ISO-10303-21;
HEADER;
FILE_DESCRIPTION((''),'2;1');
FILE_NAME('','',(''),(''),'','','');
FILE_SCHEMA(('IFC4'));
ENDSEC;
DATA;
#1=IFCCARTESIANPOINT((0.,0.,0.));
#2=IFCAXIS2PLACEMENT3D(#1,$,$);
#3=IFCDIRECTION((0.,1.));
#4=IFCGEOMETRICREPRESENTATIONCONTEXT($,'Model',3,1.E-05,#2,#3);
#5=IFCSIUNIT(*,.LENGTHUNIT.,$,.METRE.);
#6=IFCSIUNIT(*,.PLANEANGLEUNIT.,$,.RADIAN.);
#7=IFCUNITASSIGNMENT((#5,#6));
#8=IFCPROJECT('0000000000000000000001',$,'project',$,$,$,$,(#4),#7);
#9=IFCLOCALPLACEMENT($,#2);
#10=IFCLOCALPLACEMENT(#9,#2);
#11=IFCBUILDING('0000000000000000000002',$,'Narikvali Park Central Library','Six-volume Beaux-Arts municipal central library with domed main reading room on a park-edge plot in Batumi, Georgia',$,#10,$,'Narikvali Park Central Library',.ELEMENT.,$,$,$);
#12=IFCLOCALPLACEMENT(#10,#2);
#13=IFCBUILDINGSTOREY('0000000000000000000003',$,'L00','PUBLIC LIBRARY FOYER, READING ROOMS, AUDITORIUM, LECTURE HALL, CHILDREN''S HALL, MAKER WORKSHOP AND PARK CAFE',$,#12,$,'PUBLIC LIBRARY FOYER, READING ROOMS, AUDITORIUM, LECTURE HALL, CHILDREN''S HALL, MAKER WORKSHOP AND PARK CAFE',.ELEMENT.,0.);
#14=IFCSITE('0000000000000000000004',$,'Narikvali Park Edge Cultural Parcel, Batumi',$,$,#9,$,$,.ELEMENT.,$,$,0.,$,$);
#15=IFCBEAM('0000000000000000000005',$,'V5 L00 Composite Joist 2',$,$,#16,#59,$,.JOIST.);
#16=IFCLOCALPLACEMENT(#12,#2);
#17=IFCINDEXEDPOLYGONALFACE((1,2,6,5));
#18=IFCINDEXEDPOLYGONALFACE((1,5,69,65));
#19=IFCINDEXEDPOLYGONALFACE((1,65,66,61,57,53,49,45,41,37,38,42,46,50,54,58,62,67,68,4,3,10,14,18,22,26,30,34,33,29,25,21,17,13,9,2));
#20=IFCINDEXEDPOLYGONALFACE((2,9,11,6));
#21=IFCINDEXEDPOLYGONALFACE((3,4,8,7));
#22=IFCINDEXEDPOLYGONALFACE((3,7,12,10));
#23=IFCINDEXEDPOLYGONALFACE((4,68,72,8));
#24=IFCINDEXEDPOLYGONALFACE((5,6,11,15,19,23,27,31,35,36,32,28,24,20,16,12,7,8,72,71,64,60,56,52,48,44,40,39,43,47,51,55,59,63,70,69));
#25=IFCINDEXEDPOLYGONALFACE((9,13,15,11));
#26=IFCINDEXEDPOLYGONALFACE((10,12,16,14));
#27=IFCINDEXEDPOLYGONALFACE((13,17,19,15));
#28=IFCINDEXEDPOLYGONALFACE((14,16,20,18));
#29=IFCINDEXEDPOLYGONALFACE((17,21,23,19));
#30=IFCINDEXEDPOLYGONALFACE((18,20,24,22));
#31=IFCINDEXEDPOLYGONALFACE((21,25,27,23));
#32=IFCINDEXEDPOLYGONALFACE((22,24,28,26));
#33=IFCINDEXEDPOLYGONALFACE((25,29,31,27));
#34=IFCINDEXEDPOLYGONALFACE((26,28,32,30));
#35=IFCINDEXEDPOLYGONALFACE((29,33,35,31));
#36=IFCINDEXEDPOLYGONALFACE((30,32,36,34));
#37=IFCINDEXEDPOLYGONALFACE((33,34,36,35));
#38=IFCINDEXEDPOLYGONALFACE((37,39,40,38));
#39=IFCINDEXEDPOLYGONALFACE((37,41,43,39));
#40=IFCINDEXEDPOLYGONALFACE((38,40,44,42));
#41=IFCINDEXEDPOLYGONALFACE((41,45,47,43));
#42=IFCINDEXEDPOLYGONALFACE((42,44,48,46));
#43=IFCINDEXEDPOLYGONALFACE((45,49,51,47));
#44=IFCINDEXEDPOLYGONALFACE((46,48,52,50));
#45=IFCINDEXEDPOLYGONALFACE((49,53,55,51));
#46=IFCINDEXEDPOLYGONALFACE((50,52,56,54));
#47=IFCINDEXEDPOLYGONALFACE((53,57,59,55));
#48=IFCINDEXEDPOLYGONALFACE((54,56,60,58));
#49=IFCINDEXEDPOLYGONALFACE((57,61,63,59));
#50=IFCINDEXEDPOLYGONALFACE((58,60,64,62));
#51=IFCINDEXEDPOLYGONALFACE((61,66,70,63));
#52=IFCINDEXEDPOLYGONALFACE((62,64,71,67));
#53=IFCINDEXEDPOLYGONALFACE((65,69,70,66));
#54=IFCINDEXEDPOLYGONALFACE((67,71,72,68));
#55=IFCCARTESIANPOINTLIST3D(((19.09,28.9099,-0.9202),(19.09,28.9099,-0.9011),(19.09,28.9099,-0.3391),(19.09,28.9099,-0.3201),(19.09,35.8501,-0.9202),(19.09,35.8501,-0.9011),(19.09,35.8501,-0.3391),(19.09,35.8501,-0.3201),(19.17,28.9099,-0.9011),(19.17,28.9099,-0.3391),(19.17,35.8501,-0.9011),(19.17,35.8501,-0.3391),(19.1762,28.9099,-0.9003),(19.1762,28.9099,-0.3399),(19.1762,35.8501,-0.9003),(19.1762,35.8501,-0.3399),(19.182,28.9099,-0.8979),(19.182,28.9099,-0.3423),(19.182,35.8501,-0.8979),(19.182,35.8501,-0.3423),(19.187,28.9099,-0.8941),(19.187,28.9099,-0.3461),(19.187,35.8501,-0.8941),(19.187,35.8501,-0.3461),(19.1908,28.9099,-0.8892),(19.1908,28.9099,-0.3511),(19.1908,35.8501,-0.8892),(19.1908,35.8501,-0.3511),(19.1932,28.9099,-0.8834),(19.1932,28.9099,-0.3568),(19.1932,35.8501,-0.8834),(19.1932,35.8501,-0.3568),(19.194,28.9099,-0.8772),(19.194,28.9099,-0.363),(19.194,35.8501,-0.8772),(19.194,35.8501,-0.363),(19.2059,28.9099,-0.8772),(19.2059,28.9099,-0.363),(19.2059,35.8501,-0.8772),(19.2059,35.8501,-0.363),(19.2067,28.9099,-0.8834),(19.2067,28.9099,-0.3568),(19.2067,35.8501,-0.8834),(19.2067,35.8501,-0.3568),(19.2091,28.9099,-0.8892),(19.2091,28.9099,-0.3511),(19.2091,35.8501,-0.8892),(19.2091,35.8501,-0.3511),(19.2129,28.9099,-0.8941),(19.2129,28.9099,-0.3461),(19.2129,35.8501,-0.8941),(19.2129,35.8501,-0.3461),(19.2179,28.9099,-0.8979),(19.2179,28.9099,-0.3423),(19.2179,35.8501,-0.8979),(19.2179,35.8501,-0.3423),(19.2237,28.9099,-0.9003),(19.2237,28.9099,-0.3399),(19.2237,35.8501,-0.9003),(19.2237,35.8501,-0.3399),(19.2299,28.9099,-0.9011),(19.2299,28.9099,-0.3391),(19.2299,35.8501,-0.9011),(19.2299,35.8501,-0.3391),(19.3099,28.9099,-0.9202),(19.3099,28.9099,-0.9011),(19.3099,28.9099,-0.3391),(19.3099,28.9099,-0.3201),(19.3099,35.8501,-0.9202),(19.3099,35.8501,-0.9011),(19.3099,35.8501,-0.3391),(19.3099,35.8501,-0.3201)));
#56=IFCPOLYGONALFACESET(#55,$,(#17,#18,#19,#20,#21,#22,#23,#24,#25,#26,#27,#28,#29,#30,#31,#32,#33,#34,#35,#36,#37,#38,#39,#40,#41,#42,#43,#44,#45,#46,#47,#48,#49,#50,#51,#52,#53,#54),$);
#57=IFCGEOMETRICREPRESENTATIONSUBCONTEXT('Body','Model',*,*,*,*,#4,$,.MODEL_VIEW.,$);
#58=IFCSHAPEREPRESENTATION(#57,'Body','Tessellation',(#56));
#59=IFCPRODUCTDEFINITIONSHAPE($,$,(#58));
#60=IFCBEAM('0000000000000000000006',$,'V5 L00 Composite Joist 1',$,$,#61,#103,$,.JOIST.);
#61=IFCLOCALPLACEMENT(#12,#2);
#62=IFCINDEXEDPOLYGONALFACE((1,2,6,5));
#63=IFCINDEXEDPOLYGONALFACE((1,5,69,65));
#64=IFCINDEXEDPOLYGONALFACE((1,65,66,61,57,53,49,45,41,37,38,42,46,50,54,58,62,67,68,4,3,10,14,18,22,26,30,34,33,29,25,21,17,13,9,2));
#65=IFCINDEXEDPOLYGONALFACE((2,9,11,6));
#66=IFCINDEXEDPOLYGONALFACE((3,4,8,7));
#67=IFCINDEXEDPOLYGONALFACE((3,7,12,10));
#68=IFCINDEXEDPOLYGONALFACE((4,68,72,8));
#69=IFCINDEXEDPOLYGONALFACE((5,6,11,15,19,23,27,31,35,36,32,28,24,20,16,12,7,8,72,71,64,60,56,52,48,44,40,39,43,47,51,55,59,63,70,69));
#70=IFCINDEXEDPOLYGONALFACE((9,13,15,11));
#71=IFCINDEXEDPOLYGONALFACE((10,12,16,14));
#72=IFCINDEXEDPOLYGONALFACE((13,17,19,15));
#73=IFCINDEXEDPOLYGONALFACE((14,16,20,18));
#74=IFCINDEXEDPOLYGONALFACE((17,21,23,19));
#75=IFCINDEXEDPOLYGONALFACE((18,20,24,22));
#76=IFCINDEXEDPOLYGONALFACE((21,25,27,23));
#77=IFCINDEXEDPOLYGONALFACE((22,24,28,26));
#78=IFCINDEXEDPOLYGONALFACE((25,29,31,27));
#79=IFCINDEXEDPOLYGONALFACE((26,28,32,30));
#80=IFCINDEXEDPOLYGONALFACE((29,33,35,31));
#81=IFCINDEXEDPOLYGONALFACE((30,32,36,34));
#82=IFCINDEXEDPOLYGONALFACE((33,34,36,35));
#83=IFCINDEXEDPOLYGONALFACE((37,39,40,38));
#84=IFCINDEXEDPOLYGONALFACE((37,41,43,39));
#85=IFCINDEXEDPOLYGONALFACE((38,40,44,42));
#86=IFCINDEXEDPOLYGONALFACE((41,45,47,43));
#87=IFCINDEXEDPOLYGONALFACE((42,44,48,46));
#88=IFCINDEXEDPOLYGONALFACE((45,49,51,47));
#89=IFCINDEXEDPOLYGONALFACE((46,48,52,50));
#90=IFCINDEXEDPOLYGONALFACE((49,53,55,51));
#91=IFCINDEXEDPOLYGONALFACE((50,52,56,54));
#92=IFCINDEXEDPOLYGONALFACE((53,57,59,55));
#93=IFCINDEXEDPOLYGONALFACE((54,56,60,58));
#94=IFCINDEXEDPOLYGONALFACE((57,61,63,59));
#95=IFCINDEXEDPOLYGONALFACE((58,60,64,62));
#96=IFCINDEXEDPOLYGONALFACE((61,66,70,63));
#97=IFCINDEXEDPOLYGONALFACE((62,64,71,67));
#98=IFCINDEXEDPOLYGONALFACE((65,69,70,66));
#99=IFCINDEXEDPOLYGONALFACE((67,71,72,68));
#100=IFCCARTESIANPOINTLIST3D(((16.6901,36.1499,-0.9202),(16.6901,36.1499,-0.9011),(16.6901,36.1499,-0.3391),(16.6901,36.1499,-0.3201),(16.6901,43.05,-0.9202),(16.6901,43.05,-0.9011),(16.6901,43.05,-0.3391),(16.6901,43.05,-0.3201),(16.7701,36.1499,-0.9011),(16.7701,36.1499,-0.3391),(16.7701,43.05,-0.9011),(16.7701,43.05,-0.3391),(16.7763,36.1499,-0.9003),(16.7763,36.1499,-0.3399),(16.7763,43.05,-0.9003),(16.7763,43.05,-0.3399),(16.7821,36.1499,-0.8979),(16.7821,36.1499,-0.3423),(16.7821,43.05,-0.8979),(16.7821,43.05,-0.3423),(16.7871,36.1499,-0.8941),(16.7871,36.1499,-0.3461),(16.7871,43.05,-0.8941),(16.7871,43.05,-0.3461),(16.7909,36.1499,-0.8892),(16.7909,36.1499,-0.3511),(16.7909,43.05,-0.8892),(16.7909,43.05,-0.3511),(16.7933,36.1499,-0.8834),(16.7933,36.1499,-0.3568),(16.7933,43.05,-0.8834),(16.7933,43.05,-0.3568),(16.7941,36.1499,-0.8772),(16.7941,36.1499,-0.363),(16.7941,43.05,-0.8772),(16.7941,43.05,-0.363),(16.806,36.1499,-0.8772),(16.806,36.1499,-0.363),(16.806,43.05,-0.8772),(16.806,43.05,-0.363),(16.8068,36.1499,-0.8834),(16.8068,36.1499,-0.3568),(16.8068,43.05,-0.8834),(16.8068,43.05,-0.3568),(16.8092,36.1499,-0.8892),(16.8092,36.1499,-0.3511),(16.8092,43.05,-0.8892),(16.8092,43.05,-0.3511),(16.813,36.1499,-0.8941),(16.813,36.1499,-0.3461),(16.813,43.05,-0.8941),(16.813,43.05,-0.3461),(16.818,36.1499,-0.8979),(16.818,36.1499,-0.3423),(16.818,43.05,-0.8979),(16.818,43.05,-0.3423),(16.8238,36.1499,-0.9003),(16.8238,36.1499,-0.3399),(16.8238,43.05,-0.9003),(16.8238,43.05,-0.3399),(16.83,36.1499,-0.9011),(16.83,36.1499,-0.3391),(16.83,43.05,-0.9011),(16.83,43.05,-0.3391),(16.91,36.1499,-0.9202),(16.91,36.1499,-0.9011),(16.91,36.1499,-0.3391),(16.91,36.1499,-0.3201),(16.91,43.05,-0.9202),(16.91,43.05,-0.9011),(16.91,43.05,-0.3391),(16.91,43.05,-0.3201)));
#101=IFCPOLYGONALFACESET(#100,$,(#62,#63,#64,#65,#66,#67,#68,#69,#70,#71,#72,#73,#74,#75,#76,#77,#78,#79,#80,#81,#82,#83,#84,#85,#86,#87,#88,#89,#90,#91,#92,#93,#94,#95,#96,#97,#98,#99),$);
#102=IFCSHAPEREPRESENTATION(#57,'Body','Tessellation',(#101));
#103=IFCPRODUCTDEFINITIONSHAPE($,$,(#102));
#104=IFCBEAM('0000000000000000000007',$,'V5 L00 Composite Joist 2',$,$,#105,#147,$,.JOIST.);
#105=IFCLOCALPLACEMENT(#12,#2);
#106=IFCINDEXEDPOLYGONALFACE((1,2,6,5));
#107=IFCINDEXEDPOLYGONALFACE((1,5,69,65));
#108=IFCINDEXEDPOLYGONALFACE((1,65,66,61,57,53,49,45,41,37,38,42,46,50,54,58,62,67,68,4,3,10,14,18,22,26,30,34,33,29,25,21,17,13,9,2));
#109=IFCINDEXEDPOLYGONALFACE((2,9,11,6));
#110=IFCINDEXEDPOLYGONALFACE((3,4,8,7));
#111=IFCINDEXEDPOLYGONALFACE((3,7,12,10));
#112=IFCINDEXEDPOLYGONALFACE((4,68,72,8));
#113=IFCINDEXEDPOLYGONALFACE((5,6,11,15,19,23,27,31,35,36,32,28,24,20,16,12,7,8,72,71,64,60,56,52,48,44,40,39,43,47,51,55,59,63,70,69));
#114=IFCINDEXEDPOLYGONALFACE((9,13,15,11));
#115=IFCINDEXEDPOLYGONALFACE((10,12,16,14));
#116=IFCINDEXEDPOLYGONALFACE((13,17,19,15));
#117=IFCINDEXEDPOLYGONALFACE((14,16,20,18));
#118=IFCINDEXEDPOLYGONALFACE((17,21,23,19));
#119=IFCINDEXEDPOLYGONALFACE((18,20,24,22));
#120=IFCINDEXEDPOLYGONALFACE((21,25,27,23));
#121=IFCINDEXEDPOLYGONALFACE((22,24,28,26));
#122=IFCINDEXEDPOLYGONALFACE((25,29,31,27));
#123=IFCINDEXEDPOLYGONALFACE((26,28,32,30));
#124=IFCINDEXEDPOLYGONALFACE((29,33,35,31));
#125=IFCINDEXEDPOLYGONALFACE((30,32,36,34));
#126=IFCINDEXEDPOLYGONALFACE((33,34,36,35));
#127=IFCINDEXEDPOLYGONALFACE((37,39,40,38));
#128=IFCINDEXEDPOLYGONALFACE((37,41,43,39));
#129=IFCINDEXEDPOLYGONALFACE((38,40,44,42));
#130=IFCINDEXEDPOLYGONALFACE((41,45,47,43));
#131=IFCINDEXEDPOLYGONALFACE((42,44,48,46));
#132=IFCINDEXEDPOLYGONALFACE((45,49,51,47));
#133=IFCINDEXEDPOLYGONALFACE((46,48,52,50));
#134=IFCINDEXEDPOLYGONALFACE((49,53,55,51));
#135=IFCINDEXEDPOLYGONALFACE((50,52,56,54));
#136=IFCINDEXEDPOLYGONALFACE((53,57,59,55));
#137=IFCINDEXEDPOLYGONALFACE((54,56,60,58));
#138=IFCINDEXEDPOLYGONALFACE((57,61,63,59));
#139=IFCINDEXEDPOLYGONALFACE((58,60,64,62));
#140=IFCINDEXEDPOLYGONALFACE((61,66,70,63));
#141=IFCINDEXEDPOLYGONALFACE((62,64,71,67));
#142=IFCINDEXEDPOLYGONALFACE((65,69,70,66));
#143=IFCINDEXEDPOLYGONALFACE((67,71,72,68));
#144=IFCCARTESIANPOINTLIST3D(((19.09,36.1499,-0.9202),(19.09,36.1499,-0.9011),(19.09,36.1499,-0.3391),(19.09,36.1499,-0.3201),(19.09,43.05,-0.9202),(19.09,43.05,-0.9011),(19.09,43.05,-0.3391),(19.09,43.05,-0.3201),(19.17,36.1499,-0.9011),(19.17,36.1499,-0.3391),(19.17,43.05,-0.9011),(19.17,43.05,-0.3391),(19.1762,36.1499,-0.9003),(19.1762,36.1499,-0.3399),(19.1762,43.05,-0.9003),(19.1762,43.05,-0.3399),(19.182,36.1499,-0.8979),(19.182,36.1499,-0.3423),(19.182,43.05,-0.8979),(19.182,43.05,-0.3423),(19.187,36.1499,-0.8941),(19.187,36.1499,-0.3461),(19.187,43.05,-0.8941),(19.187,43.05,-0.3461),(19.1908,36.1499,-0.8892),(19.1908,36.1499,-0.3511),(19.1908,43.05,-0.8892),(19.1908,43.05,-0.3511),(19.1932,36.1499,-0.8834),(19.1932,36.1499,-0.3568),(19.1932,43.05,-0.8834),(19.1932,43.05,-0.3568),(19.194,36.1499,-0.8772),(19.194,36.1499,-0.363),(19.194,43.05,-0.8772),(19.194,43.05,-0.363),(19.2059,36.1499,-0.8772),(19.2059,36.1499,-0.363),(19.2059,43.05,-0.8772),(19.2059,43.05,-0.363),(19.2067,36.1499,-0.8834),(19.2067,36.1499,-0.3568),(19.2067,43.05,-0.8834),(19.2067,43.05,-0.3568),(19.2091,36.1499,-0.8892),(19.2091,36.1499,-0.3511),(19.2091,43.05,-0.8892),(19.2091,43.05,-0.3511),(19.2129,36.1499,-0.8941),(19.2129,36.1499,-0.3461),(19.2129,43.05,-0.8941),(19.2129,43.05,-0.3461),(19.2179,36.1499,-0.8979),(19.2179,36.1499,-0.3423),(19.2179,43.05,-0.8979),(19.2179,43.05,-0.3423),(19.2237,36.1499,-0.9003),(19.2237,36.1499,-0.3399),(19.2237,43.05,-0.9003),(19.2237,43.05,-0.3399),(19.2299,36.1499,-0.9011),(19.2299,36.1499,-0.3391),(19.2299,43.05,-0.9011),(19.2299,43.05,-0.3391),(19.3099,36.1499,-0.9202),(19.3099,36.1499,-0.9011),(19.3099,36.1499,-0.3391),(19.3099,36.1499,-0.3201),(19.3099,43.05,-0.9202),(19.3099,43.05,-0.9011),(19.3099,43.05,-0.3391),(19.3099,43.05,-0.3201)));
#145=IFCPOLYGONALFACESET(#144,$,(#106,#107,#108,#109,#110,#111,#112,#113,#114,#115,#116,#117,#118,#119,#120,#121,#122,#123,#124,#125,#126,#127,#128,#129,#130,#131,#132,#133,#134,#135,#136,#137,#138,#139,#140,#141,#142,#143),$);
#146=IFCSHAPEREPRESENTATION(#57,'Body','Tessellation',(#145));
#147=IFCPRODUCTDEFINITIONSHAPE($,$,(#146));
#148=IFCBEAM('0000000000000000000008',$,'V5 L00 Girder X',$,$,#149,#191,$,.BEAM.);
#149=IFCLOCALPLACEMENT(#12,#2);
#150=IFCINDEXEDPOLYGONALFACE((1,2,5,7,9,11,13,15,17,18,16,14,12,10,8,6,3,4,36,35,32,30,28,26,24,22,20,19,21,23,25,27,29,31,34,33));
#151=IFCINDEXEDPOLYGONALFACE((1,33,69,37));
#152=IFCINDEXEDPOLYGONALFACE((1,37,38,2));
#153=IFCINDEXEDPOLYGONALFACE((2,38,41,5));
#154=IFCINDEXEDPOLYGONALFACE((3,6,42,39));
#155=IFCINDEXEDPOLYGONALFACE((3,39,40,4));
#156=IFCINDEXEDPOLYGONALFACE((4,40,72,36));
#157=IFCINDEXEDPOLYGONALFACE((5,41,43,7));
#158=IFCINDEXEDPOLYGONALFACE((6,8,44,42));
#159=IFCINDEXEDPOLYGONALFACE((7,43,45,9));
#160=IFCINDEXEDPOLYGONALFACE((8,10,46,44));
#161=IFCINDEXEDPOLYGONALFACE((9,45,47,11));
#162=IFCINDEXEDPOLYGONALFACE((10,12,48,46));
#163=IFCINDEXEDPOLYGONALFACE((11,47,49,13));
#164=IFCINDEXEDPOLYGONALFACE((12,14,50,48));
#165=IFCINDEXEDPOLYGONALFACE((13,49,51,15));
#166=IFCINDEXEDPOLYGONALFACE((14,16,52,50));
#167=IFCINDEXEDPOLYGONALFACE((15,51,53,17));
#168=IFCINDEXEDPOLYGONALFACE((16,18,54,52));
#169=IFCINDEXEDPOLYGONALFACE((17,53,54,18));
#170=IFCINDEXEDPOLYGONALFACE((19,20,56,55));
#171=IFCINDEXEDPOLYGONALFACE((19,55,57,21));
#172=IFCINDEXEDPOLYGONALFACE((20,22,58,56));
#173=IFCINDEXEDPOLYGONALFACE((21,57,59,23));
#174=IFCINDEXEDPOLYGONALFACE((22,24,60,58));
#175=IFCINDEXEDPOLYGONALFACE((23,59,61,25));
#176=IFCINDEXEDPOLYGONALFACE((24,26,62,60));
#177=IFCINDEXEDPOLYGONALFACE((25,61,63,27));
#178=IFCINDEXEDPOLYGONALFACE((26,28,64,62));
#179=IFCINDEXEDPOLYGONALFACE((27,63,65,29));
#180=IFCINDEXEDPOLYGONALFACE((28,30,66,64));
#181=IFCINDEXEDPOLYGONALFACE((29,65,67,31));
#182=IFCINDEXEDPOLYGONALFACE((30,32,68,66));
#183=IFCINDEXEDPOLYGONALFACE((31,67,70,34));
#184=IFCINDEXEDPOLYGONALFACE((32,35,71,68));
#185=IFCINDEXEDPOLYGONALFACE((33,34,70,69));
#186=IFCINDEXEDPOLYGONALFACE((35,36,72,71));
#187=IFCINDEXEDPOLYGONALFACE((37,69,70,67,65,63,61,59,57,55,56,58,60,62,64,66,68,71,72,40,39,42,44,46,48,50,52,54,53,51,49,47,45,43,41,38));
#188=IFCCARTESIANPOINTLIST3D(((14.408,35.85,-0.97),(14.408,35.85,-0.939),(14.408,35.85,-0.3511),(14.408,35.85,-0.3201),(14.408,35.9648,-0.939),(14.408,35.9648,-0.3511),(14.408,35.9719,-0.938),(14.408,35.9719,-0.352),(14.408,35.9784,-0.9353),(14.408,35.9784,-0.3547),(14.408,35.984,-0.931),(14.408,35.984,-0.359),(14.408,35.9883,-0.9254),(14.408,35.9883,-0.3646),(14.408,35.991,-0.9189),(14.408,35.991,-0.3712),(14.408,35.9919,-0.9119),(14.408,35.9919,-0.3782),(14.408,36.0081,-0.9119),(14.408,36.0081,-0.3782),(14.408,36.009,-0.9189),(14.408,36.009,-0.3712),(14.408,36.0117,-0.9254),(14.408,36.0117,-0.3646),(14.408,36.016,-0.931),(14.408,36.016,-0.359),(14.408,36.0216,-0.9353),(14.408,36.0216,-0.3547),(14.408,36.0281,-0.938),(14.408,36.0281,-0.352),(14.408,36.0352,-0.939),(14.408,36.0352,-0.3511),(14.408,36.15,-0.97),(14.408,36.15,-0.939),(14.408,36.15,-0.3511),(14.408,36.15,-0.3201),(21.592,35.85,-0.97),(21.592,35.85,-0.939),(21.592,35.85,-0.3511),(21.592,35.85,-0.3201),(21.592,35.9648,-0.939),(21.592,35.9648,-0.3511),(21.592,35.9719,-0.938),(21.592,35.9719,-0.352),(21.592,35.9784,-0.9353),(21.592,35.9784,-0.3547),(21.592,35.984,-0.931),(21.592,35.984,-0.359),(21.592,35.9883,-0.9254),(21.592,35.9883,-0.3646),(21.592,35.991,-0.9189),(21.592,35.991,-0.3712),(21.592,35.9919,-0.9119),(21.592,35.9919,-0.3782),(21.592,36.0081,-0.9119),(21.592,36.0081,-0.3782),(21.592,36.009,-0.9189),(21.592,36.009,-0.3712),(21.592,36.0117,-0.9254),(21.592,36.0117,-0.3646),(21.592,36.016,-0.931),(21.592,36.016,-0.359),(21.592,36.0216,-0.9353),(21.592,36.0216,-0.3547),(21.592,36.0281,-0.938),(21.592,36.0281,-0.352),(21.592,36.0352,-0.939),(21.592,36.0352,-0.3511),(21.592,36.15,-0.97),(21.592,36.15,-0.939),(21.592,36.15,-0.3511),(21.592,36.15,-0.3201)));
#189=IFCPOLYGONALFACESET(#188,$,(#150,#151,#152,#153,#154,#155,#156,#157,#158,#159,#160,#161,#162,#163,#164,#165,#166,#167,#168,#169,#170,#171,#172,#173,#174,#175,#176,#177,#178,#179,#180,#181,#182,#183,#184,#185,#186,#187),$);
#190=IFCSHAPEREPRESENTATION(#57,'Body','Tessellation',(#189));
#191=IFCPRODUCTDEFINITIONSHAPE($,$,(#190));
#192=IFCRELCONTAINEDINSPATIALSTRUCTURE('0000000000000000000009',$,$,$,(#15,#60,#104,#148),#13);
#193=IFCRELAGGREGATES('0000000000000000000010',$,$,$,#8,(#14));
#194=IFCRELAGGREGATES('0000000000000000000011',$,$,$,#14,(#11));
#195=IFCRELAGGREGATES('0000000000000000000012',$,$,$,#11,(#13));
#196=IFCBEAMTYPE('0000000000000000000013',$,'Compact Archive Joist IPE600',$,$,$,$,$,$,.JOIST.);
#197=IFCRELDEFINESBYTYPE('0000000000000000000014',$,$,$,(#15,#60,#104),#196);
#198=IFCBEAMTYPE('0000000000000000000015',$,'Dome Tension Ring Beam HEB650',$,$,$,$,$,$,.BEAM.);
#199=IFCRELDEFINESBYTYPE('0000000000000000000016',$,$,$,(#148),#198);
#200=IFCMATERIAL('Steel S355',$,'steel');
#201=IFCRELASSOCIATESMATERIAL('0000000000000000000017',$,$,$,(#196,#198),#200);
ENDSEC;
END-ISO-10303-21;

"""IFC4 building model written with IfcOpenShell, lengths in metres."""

from ifc_helpers import new_model, si_unit, direction, frame, origin, origin_2d, place, context, subcontext, project, spatial, i_section, extrude, material, material_profile, profile_set, type_object, element, save


model = new_model("IFC4")

# Units and contexts
model_context = context("Model", 3, precision=1e-05, world=origin(), true_north=direction((0.0, 1.0)))
body_context = subcontext(model_context, "Body", "Model", "MODEL_VIEW")
ifc_project = project(units=[si_unit("LENGTHUNIT", "METRE"), si_unit("PLANEANGLEUNIT", "RADIAN")], contexts=[model_context])

# Site, building, storey
site_placement = place(None, origin())
site = spatial("IfcSite", under=ifc_project, at=site_placement, Name="Narikvali Park Edge Cultural Parcel, Batumi", CompositionType="ELEMENT", RefElevation=0.0)
building_placement = place(site_placement, origin())
building = spatial("IfcBuilding", under=site, at=building_placement, Name="Narikvali Park Central Library", Description="Six-volume Beaux-Arts municipal central library with domed main reading room on a park-edge plot in Batumi, Georgia", LongName="Narikvali Park Central Library", CompositionType="ELEMENT")
storey_placement = place(building_placement, origin())
storey = spatial("IfcBuildingStorey", under=building, at=storey_placement, Name="L00", Description="PUBLIC LIBRARY FOYER, READING ROOMS, AUDITORIUM, LECTURE HALL, CHILDREN'S HALL, MAKER WORKSHOP AND PARK CAFE", LongName="PUBLIC LIBRARY FOYER, READING ROOMS, AUDITORIUM, LECTURE HALL, CHILDREN'S HALL, MAKER WORKSHOP AND PARK CAFE", CompositionType="ELEMENT", Elevation=0.0)

# Shared definitions
ifc_material_1 = material(Name="Steel S355", Category="steel")

# Beams
ifc_material_profile_1 = material_profile(ifc_material_1, i_section(OverallWidth=0.22, OverallDepth=0.6001, WebThickness=0.012, FlangeThickness=0.019, FilletRadius=0.0239, at=origin_2d()), Name="IPE 600")
ifc_profile_set_1 = profile_set([ifc_material_profile_1], Name="Steel S355")
beam_type_1 = type_object("IfcBeamType", Name="Compact Archive Joist IPE600", PredefinedType="JOIST", material=ifc_profile_set_1)
for number, where, z_axis, x_axis, name in (
    (1, (19.2, 28.9099, -0.6201), (0.0, 1.0, 0.0), (-1.0, 0.0, 0.0), "V5 L00 Composite Joist 2"),
):
    element("IfcBeam", number, at=place(storey_placement, frame(where, z_axis=z_axis, x_axis=x_axis)), inside=storey, type_object=beam_type_1, Name=name, PredefinedType="JOIST", context=body_context, shape_type="SweptSolid", body=[
        extrude(i_section(OverallWidth=0.22, OverallDepth=0.6001, WebThickness=0.012, FlangeThickness=0.019, FilletRadius=0.0239, at=origin_2d()), origin(), (0.0, 0.0, 1.0), 6.9402),
    ])
for number, where, z_axis, x_axis, name in (
    (2, (16.8, 36.1499, -0.6201), (0.0, 1.0, 0.0), (-1.0, 0.0, 0.0), "V5 L00 Composite Joist 1"),
    (3, (19.2, 36.1499, -0.6201), (0.0, 1.0, 0.0), (-1.0, 0.0, 0.0), "V5 L00 Composite Joist 2"),
):
    element("IfcBeam", number, at=place(storey_placement, frame(where, z_axis=z_axis, x_axis=x_axis)), inside=storey, type_object=beam_type_1, Name=name, PredefinedType="JOIST", context=body_context, shape_type="SweptSolid", body=[
        extrude(i_section(OverallWidth=0.22, OverallDepth=0.6001, WebThickness=0.012, FlangeThickness=0.019, FilletRadius=0.0239, at=origin_2d()), origin(), (0.0, 0.0, 1.0), 6.9001),
    ])
ifc_material_profile_2 = material_profile(ifc_material_1, i_section(OverallWidth=0.3, OverallDepth=0.6499, WebThickness=0.0161, FlangeThickness=0.031, FilletRadius=0.0271, at=origin_2d()), Name="HEB 650")
ifc_profile_set_2 = profile_set([ifc_material_profile_2], Name="Steel S355")
beam_type_2 = type_object("IfcBeamType", Name="Dome Tension Ring Beam HEB650", PredefinedType="BEAM", material=ifc_profile_set_2)
for number, where, z_axis, x_axis, name in (
    (4, (14.408, 36.0, -0.645), (1.0, 0.0, 0.0), (0.0, 1.0, 0.0), "V5 L00 Girder X"),
):
    element("IfcBeam", number, at=place(storey_placement, frame(where, z_axis=z_axis, x_axis=x_axis)), inside=storey, type_object=beam_type_2, Name=name, PredefinedType="BEAM", context=body_context, shape_type="SweptSolid", body=[
        extrude(i_section(OverallWidth=0.3, OverallDepth=0.6499, WebThickness=0.0161, FlangeThickness=0.031, FilletRadius=0.0271, at=origin_2d()), origin(), (0.0, 0.0, 1.0), 7.1841),
    ])

save(model, "model.ifc")
